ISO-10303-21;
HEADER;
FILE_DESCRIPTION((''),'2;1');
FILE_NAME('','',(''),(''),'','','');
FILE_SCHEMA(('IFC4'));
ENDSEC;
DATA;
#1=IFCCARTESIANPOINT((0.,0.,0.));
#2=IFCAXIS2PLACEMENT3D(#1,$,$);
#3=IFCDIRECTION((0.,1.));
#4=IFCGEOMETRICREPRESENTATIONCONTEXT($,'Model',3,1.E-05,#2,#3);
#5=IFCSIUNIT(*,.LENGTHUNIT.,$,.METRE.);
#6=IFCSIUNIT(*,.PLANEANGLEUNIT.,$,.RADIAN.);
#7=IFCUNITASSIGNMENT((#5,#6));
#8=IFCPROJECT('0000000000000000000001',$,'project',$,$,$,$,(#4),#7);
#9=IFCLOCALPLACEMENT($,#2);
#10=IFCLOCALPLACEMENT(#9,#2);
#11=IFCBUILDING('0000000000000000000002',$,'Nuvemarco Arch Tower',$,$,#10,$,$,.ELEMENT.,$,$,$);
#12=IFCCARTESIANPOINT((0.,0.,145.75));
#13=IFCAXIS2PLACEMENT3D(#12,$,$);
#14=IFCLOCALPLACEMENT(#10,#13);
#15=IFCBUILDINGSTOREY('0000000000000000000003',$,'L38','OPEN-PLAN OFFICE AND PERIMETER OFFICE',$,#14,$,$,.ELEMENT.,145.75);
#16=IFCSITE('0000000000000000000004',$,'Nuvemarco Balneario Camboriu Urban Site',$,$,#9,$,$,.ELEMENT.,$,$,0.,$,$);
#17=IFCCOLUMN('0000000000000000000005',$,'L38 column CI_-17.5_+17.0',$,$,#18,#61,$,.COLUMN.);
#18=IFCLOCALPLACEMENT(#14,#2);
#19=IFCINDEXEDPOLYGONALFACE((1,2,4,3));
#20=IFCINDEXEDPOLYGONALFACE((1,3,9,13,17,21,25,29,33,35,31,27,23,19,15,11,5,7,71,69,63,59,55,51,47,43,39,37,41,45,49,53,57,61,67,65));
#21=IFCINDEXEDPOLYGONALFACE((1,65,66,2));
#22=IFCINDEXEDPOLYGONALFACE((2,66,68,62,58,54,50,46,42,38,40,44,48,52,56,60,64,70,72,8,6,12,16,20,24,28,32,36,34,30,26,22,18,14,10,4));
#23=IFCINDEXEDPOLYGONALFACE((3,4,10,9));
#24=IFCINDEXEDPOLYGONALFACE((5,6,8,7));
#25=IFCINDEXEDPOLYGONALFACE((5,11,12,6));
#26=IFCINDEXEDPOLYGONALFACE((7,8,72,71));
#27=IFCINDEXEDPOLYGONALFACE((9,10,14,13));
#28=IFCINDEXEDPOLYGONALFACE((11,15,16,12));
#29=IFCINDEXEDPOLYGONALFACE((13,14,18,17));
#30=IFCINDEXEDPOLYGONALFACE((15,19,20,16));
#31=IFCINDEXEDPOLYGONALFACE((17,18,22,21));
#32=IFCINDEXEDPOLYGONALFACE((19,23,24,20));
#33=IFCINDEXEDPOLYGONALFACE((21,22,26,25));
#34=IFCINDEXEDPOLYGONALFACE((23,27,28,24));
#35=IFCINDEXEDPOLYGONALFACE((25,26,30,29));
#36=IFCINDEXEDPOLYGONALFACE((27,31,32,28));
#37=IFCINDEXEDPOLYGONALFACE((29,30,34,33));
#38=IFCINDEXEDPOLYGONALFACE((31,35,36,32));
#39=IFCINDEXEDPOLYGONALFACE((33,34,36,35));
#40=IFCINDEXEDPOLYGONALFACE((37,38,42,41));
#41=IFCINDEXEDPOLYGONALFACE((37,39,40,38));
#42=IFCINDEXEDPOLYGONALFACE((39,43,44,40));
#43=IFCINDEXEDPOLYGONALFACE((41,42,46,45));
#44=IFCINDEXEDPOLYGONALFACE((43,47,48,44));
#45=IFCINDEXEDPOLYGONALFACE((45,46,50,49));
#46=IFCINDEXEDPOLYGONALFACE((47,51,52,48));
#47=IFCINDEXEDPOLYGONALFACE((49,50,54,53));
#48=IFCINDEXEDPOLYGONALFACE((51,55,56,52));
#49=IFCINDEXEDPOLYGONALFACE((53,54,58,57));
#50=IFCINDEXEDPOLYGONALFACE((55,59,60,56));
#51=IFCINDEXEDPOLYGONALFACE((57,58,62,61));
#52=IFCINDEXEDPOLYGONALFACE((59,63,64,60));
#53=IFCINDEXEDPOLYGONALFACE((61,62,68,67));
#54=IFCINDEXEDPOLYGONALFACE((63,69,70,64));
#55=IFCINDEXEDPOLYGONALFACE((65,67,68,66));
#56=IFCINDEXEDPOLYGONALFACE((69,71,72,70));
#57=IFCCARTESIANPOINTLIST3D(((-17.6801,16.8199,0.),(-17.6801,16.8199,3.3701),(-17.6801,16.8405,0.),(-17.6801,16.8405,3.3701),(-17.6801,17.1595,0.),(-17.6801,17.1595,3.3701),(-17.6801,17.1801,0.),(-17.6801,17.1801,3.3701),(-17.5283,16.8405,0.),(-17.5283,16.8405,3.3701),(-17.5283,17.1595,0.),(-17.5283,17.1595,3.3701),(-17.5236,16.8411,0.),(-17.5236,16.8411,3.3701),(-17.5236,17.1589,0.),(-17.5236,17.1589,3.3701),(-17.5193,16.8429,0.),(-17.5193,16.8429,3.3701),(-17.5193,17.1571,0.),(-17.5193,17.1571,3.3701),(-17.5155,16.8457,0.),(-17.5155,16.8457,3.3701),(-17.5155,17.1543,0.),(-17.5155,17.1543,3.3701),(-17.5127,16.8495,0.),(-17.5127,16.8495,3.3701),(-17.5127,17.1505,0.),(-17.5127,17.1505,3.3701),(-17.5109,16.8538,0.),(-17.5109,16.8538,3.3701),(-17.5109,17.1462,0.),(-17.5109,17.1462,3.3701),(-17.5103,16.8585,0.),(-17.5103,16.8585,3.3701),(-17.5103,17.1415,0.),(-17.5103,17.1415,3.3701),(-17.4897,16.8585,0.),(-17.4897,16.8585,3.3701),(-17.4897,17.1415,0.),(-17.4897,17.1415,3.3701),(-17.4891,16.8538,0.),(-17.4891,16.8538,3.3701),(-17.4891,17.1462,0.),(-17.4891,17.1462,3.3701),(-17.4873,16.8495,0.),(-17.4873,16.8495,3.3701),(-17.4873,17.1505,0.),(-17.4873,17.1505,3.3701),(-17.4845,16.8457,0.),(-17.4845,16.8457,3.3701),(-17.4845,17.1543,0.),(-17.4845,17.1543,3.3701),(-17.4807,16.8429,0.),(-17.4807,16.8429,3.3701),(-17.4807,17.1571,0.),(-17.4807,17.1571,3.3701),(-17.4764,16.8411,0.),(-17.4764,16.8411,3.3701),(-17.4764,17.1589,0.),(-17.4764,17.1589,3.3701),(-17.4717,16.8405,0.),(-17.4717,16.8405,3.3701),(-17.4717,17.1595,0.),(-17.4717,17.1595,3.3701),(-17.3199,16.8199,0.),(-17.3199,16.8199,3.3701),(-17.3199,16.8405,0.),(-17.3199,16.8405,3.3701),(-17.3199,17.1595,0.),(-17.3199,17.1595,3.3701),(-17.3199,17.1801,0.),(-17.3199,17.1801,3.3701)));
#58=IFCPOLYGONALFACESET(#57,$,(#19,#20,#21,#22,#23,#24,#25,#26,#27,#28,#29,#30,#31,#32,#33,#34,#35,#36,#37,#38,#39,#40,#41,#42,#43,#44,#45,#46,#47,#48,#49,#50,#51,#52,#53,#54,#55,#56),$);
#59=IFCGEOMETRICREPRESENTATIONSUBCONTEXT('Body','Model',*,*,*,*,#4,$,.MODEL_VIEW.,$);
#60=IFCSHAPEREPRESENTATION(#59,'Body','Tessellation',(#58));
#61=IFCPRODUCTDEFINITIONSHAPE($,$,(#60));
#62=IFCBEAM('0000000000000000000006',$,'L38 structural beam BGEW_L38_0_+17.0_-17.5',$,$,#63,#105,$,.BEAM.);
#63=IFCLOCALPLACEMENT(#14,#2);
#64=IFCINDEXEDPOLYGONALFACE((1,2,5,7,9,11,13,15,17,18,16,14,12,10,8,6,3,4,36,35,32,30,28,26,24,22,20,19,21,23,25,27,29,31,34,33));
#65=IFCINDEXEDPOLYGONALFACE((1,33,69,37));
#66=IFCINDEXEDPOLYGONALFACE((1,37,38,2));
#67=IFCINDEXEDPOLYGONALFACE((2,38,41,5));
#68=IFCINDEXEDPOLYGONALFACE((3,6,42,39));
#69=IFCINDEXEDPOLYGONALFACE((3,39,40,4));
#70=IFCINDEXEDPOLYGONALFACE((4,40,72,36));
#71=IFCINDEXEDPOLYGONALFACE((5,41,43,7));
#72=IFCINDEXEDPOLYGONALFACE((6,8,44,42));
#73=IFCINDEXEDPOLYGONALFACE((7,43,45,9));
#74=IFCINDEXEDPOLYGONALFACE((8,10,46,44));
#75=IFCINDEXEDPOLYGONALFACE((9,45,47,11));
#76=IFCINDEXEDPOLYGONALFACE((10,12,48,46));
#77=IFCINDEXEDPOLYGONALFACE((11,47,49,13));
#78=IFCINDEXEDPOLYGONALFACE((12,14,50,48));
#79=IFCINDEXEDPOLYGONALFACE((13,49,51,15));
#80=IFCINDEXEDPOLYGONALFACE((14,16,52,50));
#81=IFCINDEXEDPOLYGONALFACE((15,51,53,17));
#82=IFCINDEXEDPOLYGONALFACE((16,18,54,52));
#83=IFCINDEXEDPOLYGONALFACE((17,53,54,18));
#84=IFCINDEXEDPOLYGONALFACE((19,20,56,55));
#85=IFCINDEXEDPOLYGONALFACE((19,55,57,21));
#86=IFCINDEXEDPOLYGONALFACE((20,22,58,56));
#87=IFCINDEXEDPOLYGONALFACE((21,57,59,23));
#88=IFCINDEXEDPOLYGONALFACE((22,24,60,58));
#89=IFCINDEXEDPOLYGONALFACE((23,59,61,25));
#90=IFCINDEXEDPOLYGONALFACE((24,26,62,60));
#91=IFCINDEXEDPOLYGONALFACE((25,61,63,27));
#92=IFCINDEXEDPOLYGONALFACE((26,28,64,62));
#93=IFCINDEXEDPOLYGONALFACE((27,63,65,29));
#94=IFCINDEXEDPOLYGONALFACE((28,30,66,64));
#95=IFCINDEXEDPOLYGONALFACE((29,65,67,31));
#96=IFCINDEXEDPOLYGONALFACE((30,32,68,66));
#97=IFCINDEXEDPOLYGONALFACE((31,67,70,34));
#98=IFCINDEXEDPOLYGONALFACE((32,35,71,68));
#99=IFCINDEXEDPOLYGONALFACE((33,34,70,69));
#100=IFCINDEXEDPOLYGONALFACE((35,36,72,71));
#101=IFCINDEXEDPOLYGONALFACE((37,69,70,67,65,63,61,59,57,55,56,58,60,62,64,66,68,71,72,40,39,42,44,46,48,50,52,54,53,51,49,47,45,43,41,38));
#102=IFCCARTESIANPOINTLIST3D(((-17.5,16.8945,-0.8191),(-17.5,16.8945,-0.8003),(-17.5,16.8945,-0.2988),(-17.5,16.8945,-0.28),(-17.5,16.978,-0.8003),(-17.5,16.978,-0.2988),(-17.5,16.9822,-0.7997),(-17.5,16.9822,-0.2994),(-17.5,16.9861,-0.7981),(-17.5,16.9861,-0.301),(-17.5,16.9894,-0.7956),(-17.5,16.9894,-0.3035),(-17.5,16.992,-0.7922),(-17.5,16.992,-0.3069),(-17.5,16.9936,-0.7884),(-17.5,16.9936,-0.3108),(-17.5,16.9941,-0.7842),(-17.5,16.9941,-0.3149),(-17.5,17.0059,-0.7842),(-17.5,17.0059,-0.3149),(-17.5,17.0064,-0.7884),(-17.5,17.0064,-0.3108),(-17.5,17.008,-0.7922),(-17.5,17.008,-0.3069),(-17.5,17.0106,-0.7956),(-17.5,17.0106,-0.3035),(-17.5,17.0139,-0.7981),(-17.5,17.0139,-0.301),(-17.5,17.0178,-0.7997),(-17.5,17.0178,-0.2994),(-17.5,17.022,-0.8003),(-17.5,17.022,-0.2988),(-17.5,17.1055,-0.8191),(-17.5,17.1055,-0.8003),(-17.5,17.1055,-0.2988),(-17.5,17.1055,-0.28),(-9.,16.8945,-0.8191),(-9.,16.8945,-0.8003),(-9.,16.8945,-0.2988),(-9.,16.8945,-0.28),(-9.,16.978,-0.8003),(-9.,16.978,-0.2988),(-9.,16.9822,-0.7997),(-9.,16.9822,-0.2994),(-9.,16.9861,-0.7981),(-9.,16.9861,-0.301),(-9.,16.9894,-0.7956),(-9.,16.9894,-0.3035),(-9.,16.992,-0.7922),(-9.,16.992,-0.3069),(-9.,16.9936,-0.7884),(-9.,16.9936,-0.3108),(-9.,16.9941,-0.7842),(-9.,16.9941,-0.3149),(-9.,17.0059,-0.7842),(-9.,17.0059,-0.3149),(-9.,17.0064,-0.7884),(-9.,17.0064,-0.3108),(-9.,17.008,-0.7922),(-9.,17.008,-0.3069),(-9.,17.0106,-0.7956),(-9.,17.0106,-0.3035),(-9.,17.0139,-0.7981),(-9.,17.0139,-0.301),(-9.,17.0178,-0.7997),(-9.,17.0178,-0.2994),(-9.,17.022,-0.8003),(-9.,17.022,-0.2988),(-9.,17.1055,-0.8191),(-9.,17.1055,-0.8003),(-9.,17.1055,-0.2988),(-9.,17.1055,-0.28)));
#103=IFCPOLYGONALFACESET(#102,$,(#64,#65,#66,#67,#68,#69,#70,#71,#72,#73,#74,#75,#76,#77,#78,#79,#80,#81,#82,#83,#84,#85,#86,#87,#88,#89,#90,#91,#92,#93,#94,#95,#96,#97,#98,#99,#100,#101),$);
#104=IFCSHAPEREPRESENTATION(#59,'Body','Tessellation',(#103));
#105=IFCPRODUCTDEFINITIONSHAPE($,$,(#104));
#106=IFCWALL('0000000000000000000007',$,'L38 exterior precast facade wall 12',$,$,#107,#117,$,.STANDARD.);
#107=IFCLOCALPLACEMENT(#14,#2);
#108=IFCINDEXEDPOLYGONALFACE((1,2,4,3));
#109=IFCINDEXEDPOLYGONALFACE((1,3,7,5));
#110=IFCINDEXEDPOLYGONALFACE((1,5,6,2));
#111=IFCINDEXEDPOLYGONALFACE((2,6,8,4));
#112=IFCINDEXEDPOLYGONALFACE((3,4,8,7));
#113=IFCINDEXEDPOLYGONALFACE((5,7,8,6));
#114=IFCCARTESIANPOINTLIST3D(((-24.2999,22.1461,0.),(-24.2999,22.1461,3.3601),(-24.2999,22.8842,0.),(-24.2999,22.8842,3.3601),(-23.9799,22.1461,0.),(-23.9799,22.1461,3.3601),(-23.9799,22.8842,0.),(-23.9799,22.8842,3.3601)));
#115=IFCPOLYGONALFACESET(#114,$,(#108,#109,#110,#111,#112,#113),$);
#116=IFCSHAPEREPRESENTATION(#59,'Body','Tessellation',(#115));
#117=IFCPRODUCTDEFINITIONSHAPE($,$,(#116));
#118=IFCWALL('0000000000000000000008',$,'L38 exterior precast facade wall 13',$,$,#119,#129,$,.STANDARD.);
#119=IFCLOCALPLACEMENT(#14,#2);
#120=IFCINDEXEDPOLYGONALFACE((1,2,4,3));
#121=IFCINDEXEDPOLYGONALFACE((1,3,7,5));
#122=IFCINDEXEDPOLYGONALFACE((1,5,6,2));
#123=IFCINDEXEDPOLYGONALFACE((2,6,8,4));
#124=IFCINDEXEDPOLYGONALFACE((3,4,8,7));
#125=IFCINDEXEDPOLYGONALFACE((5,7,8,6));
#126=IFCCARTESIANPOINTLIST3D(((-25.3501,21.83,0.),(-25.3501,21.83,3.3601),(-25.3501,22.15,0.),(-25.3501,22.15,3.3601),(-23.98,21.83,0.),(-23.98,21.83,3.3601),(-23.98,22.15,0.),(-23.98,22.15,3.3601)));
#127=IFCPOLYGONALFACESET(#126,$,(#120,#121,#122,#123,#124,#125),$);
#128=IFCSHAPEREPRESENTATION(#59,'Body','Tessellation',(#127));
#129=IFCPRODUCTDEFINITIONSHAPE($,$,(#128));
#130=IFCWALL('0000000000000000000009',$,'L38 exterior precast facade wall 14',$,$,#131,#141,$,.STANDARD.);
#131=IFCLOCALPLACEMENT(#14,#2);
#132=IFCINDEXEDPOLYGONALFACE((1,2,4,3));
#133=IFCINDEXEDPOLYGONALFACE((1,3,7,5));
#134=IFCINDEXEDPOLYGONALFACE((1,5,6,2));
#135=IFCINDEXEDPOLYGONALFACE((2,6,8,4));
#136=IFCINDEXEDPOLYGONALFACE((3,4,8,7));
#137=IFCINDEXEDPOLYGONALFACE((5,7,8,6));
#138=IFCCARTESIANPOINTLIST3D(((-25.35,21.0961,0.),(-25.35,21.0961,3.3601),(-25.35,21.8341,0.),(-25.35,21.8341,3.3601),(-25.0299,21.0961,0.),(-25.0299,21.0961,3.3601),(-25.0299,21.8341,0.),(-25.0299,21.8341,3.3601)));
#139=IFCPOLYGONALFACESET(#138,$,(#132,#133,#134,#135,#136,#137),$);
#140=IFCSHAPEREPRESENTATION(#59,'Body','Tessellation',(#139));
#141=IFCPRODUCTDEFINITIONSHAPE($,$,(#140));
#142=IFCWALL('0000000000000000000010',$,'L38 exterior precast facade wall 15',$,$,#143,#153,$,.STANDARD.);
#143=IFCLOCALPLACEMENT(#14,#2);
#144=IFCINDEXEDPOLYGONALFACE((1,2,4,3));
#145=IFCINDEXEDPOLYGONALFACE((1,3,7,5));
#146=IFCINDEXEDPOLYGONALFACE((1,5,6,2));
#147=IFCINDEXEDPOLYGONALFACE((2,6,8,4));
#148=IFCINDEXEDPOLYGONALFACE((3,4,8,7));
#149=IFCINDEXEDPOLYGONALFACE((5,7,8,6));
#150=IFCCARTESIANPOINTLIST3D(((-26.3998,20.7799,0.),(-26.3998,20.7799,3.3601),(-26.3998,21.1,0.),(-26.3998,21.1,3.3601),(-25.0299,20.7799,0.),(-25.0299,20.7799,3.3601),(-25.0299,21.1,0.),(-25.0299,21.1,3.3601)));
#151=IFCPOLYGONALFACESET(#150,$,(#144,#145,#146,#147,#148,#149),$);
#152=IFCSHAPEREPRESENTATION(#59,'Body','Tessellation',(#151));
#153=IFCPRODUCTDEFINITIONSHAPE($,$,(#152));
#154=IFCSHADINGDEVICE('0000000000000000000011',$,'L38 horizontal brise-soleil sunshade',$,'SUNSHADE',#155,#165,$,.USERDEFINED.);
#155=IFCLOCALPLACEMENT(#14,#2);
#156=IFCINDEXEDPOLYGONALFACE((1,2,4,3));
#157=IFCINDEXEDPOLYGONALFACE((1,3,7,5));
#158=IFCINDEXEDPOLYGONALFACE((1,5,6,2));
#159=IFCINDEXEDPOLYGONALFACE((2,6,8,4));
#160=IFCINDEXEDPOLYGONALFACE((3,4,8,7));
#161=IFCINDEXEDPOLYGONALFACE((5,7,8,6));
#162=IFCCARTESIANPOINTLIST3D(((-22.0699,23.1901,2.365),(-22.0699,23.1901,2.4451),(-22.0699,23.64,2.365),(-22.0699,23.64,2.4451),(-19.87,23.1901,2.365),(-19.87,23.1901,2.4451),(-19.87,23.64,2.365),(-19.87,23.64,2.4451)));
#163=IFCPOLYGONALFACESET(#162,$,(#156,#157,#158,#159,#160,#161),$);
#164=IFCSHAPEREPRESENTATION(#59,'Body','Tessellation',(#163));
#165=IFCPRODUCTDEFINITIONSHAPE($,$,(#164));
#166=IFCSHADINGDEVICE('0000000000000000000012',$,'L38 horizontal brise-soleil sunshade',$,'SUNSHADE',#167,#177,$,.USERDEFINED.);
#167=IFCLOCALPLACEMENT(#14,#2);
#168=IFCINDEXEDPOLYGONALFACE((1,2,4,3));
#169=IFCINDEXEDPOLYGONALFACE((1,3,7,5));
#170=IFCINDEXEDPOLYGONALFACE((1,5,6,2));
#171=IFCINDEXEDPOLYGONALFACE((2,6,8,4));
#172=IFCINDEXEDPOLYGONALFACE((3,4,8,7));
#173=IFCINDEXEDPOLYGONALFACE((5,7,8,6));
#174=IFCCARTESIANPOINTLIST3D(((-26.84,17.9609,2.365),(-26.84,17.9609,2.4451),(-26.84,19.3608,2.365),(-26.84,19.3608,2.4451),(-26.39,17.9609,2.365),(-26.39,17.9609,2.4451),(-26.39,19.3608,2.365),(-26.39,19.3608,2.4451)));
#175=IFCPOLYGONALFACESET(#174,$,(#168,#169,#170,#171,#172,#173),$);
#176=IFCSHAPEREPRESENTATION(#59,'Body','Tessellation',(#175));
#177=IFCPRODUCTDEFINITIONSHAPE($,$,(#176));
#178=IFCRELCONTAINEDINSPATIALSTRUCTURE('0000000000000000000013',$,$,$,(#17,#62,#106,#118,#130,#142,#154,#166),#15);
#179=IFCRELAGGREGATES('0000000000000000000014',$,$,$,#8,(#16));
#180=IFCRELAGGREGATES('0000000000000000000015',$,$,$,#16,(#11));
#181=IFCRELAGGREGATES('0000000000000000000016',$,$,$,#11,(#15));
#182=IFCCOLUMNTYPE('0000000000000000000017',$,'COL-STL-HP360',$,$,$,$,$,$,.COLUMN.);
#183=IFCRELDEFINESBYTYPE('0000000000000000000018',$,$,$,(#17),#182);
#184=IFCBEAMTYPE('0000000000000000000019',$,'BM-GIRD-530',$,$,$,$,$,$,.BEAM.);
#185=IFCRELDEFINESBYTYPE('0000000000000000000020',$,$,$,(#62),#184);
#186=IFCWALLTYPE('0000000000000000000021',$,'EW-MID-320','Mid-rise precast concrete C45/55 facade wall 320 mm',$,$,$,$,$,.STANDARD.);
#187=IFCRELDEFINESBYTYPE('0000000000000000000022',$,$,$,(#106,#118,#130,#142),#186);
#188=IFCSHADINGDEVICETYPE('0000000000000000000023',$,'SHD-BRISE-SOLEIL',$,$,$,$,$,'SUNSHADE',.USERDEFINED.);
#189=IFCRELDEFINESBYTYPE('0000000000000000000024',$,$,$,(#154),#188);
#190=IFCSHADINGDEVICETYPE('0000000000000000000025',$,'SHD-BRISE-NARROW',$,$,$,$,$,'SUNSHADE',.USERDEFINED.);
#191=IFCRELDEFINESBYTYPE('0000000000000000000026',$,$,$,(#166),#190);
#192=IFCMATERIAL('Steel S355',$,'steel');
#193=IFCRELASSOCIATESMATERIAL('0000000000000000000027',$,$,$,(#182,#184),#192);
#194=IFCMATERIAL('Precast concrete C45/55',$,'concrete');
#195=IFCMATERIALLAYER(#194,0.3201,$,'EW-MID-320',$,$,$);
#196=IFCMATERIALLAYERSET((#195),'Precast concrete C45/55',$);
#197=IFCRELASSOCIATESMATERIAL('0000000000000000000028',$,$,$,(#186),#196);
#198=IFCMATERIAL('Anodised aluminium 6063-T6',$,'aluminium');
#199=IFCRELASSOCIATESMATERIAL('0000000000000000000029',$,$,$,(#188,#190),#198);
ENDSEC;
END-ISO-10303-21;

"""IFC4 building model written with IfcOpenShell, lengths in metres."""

from ifc_helpers import new_model, si_unit, direction, frame, frame_2d, origin, origin_2d, place, context, subcontext, project, spatial, rectangle, i_section, extrude, source, transform, mapped, material, layer, layer_set, material_profile, profile_set, type_object, type_shapes, element, save


model = new_model("IFC4")

# Units and contexts
model_context = context("Model", 3, precision=1e-05, world=origin(), true_north=direction((0.0, 1.0)))
body_context = subcontext(model_context, "Body", "Model", "MODEL_VIEW")
ifc_project = project(units=[si_unit("LENGTHUNIT", "METRE"), si_unit("PLANEANGLEUNIT", "RADIAN")], contexts=[model_context])

# Site, building, storey
site_placement = place(None, origin())
site = spatial("IfcSite", under=ifc_project, at=site_placement, Name="Nuvemarco Balneario Camboriu Urban Site", CompositionType="ELEMENT", RefElevation=0.0)
building_placement = place(site_placement, origin())
building = spatial("IfcBuilding", under=site, at=building_placement, Name="Nuvemarco Arch Tower", CompositionType="ELEMENT")
storey_placement = place(building_placement, frame((0.0, 0.0, 145.75)))
storey = spatial("IfcBuildingStorey", under=building, at=storey_placement, Name="L38", Description="OPEN-PLAN OFFICE AND PERIMETER OFFICE", CompositionType="ELEMENT", Elevation=145.75)

# Column
ifc_material_1 = material(Name="Steel S355", Category="steel")
ifc_material_profile_1 = material_profile(ifc_material_1, i_section(OverallWidth=0.3601, OverallDepth=0.3601, WebThickness=0.0205, FlangeThickness=0.0205, FilletRadius=0.0181, at=origin_2d()), Name="HP360x174")
ifc_profile_set_1 = profile_set([ifc_material_profile_1], Name="Steel S355")
column_type = type_object("IfcColumnType", Name="COL-STL-HP360", PredefinedType="COLUMN", material=ifc_profile_set_1)
column_placement = place(storey_placement, frame((-17.5, 17.0, 0.0), z_axis=(0.0, 0.0, 1.0), x_axis=(1.0, 0.0, 0.0)))
element("IfcColumn", 1, at=column_placement, inside=storey, type_object=column_type, Name="L38 column CI_-17.5_+17.0", PredefinedType="COLUMN", context=body_context, shape_type="SweptSolid", body=[
    extrude(i_section(OverallWidth=0.3601, OverallDepth=0.3601, WebThickness=0.0205, FlangeThickness=0.0205, FilletRadius=0.0181, at=origin_2d()), origin(), (0.0, 0.0, 1.0), 3.3701),
])

# Beam
ifc_material_profile_2 = material_profile(ifc_material_1, i_section(OverallWidth=0.2109, OverallDepth=0.5391, WebThickness=0.0117, FlangeThickness=0.0188, FilletRadius=0.0161, at=origin_2d()), Name="W530x109")
ifc_profile_set_2 = profile_set([ifc_material_profile_2], Name="Steel S355")
beam_type = type_object("IfcBeamType", Name="BM-GIRD-530", PredefinedType="BEAM", material=ifc_profile_set_2)
beam_placement = place(storey_placement, frame((-17.5, 17.0, -0.5496), z_axis=(1.0, 0.0, 0.0), x_axis=(0.0, 1.0, 0.0)))
element("IfcBeam", 2, at=beam_placement, inside=storey, type_object=beam_type, Name="L38 structural beam BGEW_L38_0_+17.0_-17.5", PredefinedType="BEAM", context=body_context, shape_type="SweptSolid", body=[
    extrude(i_section(OverallWidth=0.2109, OverallDepth=0.5391, WebThickness=0.0117, FlangeThickness=0.0188, FilletRadius=0.0161, at=origin_2d()), origin(), (0.0, 0.0, 1.0), 8.5),
])

# Shared definitions
ifc_material_2 = material(Name="Precast concrete C45/55", Category="concrete")
ifc_layer = layer(ifc_material_2, 0.3201, Name="EW-MID-320")
ifc_layer_set = layer_set([ifc_layer], Name="Precast concrete C45/55")
wall_type = type_object("IfcWallType", Name="EW-MID-320", Description="Mid-rise precast concrete C45/55 facade wall 320 mm", PredefinedType="STANDARD", material=ifc_layer_set)

# Walls
wall_1_placement = place(storey_placement, frame((-24.1399, 22.146, 0.0), z_axis=(0.0, 0.0, 1.0), x_axis=(0.0, 1.0, 0.0)))
element("IfcWall", 3, at=wall_1_placement, inside=storey, type_object=wall_type, Name="L38 exterior precast facade wall 12", PredefinedType="STANDARD", context=body_context, shape_type="SweptSolid", body=[
    extrude(rectangle(XDim=0.738, YDim=0.3201, at=frame_2d((0.3691, 0.0))), origin(), (0.0, 0.0, 1.0), 3.3601),
])
wall_2_placement = place(storey_placement, frame((-25.3501, 21.99, 0.0), z_axis=(0.0, 0.0, 1.0), x_axis=(1.0, 0.0, 0.0)))
element("IfcWall", 4, at=wall_2_placement, inside=storey, type_object=wall_type, Name="L38 exterior precast facade wall 13", PredefinedType="STANDARD", context=body_context, shape_type="SweptSolid", body=[
    extrude(rectangle(XDim=1.3701, YDim=0.3201, at=frame_2d((0.6851, 0.0))), origin(), (0.0, 0.0, 1.0), 3.3601),
])
wall_3_placement = place(storey_placement, frame((-25.1899, 21.0959, 0.0), z_axis=(0.0, 0.0, 1.0), x_axis=(0.0, 1.0, 0.0)))
element("IfcWall", 5, at=wall_3_placement, inside=storey, type_object=wall_type, Name="L38 exterior precast facade wall 14", PredefinedType="STANDARD", context=body_context, shape_type="SweptSolid", body=[
    extrude(rectangle(XDim=0.738, YDim=0.3201, at=frame_2d((0.3691, 0.0))), origin(), (0.0, 0.0, 1.0), 3.3601),
])
wall_4_placement = place(storey_placement, frame((-26.3999, 20.9399, 0.0), z_axis=(0.0, 0.0, 1.0), x_axis=(1.0, 0.0, 0.0)))
element("IfcWall", 6, at=wall_4_placement, inside=storey, type_object=wall_type, Name="L38 exterior precast facade wall 15", PredefinedType="STANDARD", context=body_context, shape_type="SweptSolid", body=[
    extrude(rectangle(XDim=1.3699, YDim=0.3201, at=frame_2d((0.6851, 0.0))), origin(), (0.0, 0.0, 1.0), 3.3601),
])

# Shading devices
ifc_material_3 = material(Name="Anodised aluminium 6063-T6", Category="aluminium")
shading_device_type_1 = type_object("IfcShadingDeviceType", Name="SHD-BRISE-SOLEIL", ElementType="SUNSHADE", PredefinedType="USERDEFINED", material=ifc_material_3)
shared_shape_1 = source(origin(), body_context, "Body", "SweptSolid", [
    extrude(rectangle(XDim=2.2, YDim=0.45, at=origin_2d()), origin(), (0.0, 0.0, 1.0), 0.0801),
])
type_shapes(shading_device_type_1, [shared_shape_1])
shading_device_1_placement = place(storey_placement, frame((-20.97, 23.415, 2.365), z_axis=(0.0, 0.0, 1.0), x_axis=(1.0, 0.0, 0.0)))
element("IfcShadingDevice", 7, at=shading_device_1_placement, inside=storey, type_object=shading_device_type_1, Name="L38 horizontal brise-soleil sunshade", ObjectType="SUNSHADE", PredefinedType="USERDEFINED", context=body_context, shape_type="MappedRepresentation", body=[
    mapped(shared_shape_1, transform((0.0, 0.0, 0.0), scale=1.0)),
])
shading_device_type_2 = type_object("IfcShadingDeviceType", Name="SHD-BRISE-NARROW", ElementType="SUNSHADE", PredefinedType="USERDEFINED", material=ifc_material_3)
shared_shape_2 = source(origin(), body_context, "Body", "SweptSolid", [
    extrude(rectangle(XDim=1.3999, YDim=0.45, at=origin_2d()), origin(), (0.0, 0.0, 1.0), 0.0801),
])
type_shapes(shading_device_type_2, [shared_shape_2])
shading_device_2_placement = place(storey_placement, frame((-26.615, 18.6609, 2.365), z_axis=(0.0, 0.0, 1.0), x_axis=(0.0, 1.0, 0.0)))
element("IfcShadingDevice", 8, at=shading_device_2_placement, inside=storey, type_object=shading_device_type_2, Name="L38 horizontal brise-soleil sunshade", ObjectType="SUNSHADE", PredefinedType="USERDEFINED", context=body_context, shape_type="MappedRepresentation", body=[
    mapped(shared_shape_2, transform((0.0, 0.0, 0.0), scale=1.0)),
])

save(model, "model.ifc")
